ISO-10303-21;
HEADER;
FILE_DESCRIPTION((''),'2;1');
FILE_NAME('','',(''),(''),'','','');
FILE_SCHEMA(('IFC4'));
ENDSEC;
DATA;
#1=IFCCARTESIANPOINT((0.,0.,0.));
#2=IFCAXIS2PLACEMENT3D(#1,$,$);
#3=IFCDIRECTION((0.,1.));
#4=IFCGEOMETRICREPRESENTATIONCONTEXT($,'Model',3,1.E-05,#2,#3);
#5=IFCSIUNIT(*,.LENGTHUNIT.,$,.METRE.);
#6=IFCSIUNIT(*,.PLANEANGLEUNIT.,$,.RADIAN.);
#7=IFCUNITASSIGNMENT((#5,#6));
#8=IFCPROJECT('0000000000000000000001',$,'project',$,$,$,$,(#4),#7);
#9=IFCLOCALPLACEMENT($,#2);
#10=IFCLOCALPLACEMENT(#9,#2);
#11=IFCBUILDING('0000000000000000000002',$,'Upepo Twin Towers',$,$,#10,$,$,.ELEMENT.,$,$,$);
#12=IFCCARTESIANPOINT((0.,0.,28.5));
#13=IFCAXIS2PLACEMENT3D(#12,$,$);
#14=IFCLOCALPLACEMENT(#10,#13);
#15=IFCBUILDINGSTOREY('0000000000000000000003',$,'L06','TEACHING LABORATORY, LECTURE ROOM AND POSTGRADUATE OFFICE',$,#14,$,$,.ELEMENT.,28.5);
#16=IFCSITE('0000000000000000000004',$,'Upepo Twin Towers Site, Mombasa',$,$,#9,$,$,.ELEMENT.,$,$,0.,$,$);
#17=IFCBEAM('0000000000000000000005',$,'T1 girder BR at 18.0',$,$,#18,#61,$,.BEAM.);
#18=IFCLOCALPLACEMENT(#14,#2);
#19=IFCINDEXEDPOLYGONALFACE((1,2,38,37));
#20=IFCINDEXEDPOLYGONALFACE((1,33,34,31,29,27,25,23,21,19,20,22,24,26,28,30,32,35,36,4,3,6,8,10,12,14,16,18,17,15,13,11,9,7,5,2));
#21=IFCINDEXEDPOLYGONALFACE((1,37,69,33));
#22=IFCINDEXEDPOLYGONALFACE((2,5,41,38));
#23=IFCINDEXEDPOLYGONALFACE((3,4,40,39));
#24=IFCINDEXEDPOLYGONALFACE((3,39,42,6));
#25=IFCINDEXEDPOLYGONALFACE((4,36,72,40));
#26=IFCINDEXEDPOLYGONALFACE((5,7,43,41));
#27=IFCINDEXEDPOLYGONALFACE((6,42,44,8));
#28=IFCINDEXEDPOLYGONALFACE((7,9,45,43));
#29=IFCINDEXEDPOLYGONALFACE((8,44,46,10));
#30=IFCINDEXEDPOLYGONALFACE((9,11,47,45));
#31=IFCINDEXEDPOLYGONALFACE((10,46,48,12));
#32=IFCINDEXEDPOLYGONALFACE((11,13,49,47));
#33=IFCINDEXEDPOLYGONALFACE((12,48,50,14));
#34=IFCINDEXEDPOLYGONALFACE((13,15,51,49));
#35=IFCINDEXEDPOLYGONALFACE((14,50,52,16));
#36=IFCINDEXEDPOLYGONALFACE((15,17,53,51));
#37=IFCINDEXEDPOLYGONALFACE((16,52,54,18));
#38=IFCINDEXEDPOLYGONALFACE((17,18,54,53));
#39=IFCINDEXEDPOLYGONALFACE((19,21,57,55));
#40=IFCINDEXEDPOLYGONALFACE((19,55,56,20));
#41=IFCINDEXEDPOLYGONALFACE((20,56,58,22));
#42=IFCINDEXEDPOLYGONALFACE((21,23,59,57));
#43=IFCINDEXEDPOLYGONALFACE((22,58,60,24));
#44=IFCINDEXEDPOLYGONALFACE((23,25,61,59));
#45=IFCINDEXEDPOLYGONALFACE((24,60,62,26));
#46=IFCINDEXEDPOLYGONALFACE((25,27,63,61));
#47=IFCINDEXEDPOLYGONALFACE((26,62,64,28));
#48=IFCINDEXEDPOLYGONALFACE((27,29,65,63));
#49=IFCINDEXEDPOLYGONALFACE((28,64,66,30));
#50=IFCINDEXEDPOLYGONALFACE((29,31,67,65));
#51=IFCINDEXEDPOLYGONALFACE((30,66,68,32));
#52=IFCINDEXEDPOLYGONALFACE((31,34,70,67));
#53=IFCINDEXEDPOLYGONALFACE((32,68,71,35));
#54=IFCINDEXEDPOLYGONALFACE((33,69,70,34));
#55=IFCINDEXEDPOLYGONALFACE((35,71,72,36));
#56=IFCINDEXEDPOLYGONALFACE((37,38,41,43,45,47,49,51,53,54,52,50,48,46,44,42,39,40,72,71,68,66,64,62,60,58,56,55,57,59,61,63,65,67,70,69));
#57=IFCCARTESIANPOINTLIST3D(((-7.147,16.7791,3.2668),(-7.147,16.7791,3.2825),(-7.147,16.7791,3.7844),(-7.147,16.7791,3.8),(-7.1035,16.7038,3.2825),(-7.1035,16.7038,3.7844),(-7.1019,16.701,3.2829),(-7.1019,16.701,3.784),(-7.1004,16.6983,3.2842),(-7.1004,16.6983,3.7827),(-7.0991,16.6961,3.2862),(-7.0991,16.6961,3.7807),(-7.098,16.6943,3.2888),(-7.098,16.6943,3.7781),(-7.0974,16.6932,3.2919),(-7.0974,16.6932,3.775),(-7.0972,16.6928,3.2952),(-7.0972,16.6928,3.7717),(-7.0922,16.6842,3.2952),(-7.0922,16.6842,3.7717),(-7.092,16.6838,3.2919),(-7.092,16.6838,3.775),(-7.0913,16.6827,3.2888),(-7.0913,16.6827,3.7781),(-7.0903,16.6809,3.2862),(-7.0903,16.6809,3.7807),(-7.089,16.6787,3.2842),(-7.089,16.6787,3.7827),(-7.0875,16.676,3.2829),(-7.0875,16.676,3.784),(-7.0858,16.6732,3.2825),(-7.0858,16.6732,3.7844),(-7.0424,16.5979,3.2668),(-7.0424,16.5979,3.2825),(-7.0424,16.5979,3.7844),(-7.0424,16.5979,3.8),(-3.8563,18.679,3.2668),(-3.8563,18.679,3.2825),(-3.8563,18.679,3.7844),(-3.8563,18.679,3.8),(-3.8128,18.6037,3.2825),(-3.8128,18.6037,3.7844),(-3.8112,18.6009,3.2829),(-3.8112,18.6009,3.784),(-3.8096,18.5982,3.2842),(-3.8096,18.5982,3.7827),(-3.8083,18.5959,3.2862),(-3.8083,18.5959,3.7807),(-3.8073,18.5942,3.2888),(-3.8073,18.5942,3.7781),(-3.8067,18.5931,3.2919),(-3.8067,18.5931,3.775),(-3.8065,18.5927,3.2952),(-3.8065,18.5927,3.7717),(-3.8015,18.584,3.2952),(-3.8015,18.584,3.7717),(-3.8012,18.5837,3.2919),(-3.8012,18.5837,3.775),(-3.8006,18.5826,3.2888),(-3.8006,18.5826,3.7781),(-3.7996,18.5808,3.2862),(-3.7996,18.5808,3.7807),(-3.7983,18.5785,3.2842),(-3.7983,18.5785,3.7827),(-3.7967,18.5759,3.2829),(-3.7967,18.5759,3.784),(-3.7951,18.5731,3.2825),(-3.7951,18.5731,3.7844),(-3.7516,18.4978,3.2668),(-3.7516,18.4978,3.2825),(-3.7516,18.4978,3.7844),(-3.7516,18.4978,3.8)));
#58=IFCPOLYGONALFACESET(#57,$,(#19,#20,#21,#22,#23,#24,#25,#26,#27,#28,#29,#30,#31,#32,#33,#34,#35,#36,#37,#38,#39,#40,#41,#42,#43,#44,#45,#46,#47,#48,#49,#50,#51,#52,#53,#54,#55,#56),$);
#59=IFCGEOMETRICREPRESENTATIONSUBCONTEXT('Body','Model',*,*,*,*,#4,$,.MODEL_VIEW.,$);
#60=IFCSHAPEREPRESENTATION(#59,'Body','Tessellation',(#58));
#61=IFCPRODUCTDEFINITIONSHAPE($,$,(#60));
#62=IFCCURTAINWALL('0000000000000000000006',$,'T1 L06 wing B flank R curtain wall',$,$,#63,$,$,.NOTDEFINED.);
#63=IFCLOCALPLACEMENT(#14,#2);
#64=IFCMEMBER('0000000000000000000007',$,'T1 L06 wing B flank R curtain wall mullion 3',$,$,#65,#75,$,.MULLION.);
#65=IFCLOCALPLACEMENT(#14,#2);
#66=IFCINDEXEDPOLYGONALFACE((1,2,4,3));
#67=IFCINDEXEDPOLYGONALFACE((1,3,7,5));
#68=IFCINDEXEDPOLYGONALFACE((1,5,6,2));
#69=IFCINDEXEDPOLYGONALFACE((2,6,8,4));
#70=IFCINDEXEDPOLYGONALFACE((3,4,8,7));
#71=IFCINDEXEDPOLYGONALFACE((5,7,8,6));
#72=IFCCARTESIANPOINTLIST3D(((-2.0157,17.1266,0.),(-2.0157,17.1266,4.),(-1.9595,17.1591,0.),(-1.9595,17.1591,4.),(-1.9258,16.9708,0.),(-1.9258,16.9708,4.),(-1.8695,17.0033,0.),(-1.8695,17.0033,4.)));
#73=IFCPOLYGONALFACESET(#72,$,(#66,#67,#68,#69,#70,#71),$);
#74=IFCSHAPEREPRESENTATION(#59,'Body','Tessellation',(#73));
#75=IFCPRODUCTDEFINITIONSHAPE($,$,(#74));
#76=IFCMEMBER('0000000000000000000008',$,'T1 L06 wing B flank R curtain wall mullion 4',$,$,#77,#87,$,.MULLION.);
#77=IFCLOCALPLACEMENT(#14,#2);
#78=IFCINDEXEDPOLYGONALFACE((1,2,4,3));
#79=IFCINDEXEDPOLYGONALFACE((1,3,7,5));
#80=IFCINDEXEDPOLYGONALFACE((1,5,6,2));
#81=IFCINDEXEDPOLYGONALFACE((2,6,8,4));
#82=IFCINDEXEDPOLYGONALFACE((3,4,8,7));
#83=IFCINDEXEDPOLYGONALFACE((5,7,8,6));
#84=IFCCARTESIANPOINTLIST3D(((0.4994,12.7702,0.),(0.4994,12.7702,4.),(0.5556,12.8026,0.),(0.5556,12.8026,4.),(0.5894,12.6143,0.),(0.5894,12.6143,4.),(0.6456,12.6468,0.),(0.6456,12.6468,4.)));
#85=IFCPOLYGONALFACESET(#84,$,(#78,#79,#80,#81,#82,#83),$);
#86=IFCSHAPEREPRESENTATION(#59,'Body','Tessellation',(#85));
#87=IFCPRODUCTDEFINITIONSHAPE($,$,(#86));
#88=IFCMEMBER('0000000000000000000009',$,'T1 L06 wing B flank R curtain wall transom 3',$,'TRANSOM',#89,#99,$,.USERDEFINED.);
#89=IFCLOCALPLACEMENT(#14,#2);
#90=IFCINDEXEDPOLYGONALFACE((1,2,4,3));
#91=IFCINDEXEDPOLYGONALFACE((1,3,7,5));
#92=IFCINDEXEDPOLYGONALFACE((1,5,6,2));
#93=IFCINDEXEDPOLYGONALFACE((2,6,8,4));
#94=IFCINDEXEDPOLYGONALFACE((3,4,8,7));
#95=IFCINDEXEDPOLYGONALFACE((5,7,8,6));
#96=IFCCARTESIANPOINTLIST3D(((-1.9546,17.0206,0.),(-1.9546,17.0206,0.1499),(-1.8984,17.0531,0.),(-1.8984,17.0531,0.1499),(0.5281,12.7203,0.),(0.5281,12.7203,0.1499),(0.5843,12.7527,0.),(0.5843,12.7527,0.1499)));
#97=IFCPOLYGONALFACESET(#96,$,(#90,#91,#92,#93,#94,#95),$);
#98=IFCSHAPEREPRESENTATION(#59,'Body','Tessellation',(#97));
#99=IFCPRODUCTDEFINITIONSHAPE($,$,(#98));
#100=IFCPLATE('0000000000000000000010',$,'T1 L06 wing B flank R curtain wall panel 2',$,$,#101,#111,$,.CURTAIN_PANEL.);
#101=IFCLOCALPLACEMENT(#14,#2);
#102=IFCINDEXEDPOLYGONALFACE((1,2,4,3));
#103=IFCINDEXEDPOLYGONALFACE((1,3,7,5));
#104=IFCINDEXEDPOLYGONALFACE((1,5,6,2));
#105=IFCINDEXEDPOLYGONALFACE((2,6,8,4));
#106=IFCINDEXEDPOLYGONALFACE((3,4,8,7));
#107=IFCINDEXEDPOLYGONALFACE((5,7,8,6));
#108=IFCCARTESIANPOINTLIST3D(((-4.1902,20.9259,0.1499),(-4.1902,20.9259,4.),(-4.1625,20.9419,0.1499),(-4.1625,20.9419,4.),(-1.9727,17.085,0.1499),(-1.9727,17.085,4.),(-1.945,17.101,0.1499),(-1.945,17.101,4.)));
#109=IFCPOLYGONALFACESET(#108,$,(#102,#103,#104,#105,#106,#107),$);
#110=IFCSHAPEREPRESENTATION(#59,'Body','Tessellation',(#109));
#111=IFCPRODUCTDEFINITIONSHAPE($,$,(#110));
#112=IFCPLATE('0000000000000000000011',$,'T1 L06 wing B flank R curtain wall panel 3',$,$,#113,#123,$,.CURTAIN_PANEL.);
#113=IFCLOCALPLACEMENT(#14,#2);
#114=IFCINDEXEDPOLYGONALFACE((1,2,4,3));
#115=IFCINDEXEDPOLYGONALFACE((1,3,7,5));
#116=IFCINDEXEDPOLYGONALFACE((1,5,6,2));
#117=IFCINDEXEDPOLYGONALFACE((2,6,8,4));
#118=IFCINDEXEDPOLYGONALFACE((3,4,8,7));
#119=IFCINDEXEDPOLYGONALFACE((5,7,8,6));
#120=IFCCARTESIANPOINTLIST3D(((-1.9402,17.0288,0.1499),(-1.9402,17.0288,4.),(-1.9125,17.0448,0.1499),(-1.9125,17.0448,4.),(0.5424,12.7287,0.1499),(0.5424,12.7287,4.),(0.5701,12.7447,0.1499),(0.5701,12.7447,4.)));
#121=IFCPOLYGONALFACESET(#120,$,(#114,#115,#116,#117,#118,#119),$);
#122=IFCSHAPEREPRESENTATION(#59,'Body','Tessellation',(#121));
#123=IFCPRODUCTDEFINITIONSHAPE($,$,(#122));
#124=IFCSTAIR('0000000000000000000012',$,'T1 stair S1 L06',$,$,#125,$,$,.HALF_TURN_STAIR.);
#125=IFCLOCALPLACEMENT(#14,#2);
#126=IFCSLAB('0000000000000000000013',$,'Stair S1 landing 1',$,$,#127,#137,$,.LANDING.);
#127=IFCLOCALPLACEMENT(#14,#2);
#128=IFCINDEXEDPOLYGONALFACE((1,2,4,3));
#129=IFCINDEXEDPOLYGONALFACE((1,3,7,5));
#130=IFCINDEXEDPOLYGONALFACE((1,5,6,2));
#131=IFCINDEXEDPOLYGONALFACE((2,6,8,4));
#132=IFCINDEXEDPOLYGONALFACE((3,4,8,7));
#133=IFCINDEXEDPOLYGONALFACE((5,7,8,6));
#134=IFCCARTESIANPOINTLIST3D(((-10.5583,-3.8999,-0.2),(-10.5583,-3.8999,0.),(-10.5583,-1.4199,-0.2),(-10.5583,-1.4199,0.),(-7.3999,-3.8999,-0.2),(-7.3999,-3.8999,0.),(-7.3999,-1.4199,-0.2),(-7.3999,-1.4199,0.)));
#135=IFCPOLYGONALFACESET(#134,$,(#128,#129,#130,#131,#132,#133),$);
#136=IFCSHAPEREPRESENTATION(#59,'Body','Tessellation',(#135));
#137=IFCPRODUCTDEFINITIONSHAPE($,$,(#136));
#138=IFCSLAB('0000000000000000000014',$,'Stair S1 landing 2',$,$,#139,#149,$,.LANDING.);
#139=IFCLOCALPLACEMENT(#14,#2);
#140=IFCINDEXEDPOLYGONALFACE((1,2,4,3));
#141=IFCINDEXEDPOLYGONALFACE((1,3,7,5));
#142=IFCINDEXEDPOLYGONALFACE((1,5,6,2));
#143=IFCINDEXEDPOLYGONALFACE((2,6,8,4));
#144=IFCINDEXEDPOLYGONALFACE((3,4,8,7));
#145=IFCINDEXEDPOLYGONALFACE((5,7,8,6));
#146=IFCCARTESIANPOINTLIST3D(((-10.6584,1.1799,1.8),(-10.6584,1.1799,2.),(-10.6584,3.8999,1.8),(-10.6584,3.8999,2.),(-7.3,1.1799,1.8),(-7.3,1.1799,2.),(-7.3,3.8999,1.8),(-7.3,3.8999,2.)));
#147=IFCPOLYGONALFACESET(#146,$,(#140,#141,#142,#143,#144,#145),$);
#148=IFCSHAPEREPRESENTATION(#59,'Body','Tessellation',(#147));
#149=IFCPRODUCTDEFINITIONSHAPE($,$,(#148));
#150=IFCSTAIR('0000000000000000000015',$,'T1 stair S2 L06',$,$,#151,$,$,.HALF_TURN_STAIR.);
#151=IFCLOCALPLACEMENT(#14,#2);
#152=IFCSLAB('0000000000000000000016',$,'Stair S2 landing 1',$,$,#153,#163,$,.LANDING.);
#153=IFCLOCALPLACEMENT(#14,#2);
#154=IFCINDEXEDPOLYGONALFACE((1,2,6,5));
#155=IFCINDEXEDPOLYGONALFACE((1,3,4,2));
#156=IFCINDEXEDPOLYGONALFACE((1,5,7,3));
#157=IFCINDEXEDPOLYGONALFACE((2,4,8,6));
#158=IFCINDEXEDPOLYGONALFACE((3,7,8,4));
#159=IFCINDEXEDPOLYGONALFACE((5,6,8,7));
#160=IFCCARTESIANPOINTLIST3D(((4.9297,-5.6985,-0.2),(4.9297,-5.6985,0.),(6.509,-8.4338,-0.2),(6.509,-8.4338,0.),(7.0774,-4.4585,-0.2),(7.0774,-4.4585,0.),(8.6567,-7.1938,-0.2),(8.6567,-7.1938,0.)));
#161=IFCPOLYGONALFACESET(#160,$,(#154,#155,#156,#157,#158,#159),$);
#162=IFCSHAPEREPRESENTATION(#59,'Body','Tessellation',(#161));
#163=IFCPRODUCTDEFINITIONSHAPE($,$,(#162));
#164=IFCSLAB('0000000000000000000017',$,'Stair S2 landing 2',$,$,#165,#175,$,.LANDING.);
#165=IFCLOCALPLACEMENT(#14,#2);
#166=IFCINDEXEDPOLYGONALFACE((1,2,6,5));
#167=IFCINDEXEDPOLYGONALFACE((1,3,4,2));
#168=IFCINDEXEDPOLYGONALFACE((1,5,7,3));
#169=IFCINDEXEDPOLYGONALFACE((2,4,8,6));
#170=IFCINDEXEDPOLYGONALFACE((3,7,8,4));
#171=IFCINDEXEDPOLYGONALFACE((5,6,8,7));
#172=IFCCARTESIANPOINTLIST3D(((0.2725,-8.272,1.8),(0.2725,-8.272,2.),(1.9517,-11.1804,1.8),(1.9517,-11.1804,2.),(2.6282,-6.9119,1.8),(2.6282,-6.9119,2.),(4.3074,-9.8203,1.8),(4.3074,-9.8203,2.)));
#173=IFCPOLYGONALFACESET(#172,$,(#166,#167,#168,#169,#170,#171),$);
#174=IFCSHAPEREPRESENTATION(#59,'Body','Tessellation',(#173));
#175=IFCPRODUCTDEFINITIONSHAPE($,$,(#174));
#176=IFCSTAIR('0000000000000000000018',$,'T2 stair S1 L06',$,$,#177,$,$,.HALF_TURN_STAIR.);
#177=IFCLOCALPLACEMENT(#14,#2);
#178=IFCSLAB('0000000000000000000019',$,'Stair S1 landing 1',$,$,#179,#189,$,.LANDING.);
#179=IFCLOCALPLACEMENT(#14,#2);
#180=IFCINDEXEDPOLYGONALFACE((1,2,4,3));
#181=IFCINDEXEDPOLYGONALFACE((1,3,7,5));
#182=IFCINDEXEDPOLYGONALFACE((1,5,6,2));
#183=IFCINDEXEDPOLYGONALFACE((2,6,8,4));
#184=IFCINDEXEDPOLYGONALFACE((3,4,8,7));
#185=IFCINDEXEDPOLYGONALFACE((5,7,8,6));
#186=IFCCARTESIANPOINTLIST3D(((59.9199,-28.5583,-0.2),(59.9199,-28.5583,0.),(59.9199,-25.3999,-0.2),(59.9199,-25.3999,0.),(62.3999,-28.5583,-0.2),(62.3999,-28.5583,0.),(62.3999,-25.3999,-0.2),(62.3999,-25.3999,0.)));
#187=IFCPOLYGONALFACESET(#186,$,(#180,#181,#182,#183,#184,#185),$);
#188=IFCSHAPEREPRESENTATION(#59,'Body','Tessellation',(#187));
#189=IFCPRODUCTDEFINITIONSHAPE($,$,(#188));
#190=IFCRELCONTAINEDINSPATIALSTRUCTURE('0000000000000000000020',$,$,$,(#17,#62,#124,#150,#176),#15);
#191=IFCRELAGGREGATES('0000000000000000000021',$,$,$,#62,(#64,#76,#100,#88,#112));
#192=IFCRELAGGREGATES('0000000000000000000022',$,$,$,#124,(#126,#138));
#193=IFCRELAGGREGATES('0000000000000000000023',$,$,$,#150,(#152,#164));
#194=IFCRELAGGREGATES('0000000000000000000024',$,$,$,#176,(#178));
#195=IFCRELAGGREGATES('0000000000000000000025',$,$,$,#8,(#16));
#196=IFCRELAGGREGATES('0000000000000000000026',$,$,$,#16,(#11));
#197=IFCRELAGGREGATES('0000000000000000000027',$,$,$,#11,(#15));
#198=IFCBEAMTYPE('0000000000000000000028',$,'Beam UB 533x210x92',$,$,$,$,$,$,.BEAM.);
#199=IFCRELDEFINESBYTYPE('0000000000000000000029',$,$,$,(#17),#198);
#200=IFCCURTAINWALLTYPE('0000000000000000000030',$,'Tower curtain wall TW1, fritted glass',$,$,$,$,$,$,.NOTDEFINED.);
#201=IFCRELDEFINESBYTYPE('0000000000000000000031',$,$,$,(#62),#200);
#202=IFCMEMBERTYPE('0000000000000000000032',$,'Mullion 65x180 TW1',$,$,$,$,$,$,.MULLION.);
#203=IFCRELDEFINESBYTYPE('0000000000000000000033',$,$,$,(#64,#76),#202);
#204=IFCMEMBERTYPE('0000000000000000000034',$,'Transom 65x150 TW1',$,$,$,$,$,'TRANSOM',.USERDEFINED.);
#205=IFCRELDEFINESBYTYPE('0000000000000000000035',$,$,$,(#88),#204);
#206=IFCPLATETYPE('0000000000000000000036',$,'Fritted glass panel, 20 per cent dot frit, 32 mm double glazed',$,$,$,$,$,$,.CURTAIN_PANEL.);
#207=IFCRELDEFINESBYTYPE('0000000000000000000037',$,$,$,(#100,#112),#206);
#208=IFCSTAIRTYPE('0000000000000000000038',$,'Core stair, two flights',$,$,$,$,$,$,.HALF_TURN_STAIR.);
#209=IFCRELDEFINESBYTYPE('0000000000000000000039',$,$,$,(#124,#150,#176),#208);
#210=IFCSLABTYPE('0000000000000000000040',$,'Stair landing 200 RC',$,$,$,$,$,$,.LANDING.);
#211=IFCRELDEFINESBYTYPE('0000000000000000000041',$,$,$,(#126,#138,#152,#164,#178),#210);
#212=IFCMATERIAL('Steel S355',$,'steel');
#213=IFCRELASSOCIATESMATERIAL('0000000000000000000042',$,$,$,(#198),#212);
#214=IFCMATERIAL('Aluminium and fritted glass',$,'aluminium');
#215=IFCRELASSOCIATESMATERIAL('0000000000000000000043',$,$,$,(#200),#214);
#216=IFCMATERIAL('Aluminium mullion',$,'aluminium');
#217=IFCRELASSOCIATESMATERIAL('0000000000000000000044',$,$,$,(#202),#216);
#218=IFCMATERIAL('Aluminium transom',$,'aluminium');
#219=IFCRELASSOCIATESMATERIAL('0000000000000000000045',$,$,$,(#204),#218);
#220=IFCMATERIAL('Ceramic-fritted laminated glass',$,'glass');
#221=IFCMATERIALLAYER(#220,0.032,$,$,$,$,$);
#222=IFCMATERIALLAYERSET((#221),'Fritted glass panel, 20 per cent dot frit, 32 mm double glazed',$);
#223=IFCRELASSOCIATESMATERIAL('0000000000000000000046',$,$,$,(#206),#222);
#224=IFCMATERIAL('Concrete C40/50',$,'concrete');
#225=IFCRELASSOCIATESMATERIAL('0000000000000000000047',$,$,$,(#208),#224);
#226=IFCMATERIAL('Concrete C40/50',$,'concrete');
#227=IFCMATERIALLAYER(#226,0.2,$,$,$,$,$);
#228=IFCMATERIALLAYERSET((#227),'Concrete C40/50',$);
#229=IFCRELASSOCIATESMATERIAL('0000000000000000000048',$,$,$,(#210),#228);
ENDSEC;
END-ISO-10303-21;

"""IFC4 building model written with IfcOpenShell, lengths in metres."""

from ifc_helpers import new_model, si_unit, direction, frame, origin, origin_2d, place, context, subcontext, project, spatial, polyline, rectangle, i_section, outline, extrude, material, layer, layer_set, material_profile, profile_set, type_object, element, aggregate, save


model = new_model("IFC4")

# Units and contexts
model_context = context("Model", 3, precision=1e-05, world=origin(), true_north=direction((0.0, 1.0)))
body_context = subcontext(model_context, "Body", "Model", "MODEL_VIEW")
ifc_project = project(units=[si_unit("LENGTHUNIT", "METRE"), si_unit("PLANEANGLEUNIT", "RADIAN")], contexts=[model_context])

# Site, building, storey
site_placement = place(None, origin())
site = spatial("IfcSite", under=ifc_project, at=site_placement, Name="Upepo Twin Towers Site, Mombasa", CompositionType="ELEMENT", RefElevation=0.0)
building_placement = place(site_placement, origin())
building = spatial("IfcBuilding", under=site, at=building_placement, Name="Upepo Twin Towers", CompositionType="ELEMENT")
storey_placement = place(building_placement, frame((0.0, 0.0, 28.5)))
storey = spatial("IfcBuildingStorey", under=building, at=storey_placement, Name="L06", Description="TEACHING LABORATORY, LECTURE ROOM AND POSTGRADUATE OFFICE", CompositionType="ELEMENT", Elevation=28.5)

# Beam
ifc_material_1 = material(Name="Steel S355", Category="steel")
ifc_material_profile_1 = material_profile(ifc_material_1, i_section(OverallWidth=0.2092, OverallDepth=0.5332, WebThickness=0.01, FlangeThickness=0.0156, FilletRadius=0.0127, at=origin_2d()), Name="UB 533x210x92")
ifc_profile_set_1 = profile_set([ifc_material_profile_1], Name="Steel S355")
beam_type_1 = type_object("IfcBeamType", Name="Beam UB 533x210x92", PredefinedType="BEAM", material=ifc_profile_set_1)
beam_1_placement = place(storey_placement, frame((-3.804, 18.5884, 3.5334), z_axis=(-0.866028, -0.499995, 0.0), x_axis=(0.499995, -0.866028, 0.0)))
element("IfcBeam", 1, at=beam_1_placement, inside=storey, type_object=beam_type_1, Name="T1 girder BR at 18.0", PredefinedType="BEAM", context=body_context, shape_type="SweptSolid", body=[
    extrude(i_section(OverallWidth=0.2092, OverallDepth=0.5332, WebThickness=0.01, FlangeThickness=0.0156, FilletRadius=0.0127, at=origin_2d()), origin(), (0.0, 0.0, 1.0), 3.7998),
])

# Curtain wall, members, plates
ifc_material_2 = material(Name="Aluminium and fritted glass", Category="aluminium")
curtain_wall_type = type_object("IfcCurtainWallType", Name="Tower curtain wall TW1, fritted glass", PredefinedType="NOTDEFINED", material=ifc_material_2)
curtain_wall_placement = place(storey_placement, origin())
curtain_wall = element("IfcCurtainWall", 2, at=curtain_wall_placement, inside=storey, type_object=curtain_wall_type, Name="T1 L06 wing B flank R curtain wall", PredefinedType="NOTDEFINED")
ifc_material_3 = material(Name="Aluminium mullion", Category="aluminium")
ifc_material_profile_2 = material_profile(ifc_material_3, rectangle(XDim=0.0649, YDim=0.1799, at=origin_2d()), Name="MULLION 65x180")
ifc_profile_set_2 = profile_set([ifc_material_profile_2], Name="Aluminium mullion")
member_type_1 = type_object("IfcMemberType", Name="Mullion 65x180 TW1", PredefinedType="MULLION", material=ifc_profile_set_2)
member_1_placement = place(storey_placement, frame((-1.9426, 17.0649, 0.0), z_axis=(0.0, 0.0, 1.0), x_axis=(0.866025, 0.5, 0.0)))
member_1 = element("IfcMember", 3, at=member_1_placement, type_object=member_type_1, Name="T1 L06 wing B flank R curtain wall mullion 3", PredefinedType="MULLION", context=body_context, shape_type="SweptSolid", body=[
    extrude(rectangle(XDim=0.0649, YDim=0.1799, at=origin_2d()), origin(), (0.0, 0.0, 1.0), 4.0),
])
member_2_placement = place(storey_placement, frame((0.5725, 12.7085, 0.0), z_axis=(0.0, 0.0, 1.0), x_axis=(0.866025, 0.5, 0.0)))
member_2 = element("IfcMember", 4, at=member_2_placement, type_object=member_type_1, Name="T1 L06 wing B flank R curtain wall mullion 4", PredefinedType="MULLION", context=body_context, shape_type="SweptSolid", body=[
    extrude(rectangle(XDim=0.0649, YDim=0.1799, at=origin_2d()), origin(), (0.0, 0.0, 1.0), 4.0),
])
ifc_material_4 = material(Name="Aluminium transom", Category="aluminium")
ifc_material_profile_3 = material_profile(ifc_material_4, rectangle(XDim=0.0649, YDim=0.1499, at=origin_2d()), Name="TRANSOM 65x150")
ifc_profile_set_3 = profile_set([ifc_material_profile_3], Name="Aluminium transom")
member_type_2 = type_object("IfcMemberType", Name="Transom 65x150 TW1", ElementType="TRANSOM", PredefinedType="USERDEFINED", material=ifc_profile_set_3)
member_3_placement = place(storey_placement, frame((-1.9265, 17.0369, 0.075), z_axis=(0.499983, -0.866035, 0.0), x_axis=(0.866035, 0.499983, 0.0)))
member_3 = element("IfcMember", 5, at=member_3_placement, type_object=member_type_2, Name="T1 L06 wing B flank R curtain wall transom 3", ObjectType="TRANSOM", PredefinedType="USERDEFINED", context=body_context, shape_type="SweptSolid", body=[
    extrude(rectangle(XDim=0.0649, YDim=0.1499, at=origin_2d()), origin(), (0.0, 0.0, 1.0), 4.9656),
])
ifc_material_5 = material(Name="Ceramic-fritted laminated glass", Category="glass")
ifc_layer_1 = layer(ifc_material_5, 0.032)
ifc_layer_set_1 = layer_set([ifc_layer_1], Name="Fritted glass panel, 20 per cent dot frit, 32 mm double glazed")
plate_type = type_object("IfcPlateType", Name="Fritted glass panel, 20 per cent dot frit, 32 mm double glazed", PredefinedType="CURTAIN_PANEL", material=ifc_layer_set_1)
plate_1_placement = place(storey_placement, frame((-3.0676, 19.0134, 0.1499), z_axis=(0.0, 0.0, 1.0), x_axis=(0.5, -0.866025, 0.0)))
plate_1 = element("IfcPlate", 6, at=plate_1_placement, type_object=plate_type, Name="T1 L06 wing B flank R curtain wall panel 2", PredefinedType="CURTAIN_PANEL", context=body_context, shape_type="SweptSolid", body=[
    extrude(rectangle(XDim=4.4351, YDim=0.032, at=origin_2d()), origin(), (0.0, 0.0, 1.0), 3.8501),
])
plate_2_placement = place(storey_placement, frame((-0.6851, 14.8867, 0.1499), z_axis=(0.0, 0.0, 1.0), x_axis=(0.5, -0.866025, 0.0)))
plate_2 = element("IfcPlate", 7, at=plate_2_placement, type_object=plate_type, Name="T1 L06 wing B flank R curtain wall panel 3", PredefinedType="CURTAIN_PANEL", context=body_context, shape_type="SweptSolid", body=[
    extrude(rectangle(XDim=4.9653, YDim=0.032, at=origin_2d()), origin(), (0.0, 0.0, 1.0), 3.8501),
])
aggregate(curtain_wall, [member_1, member_2, plate_1, member_3, plate_2])

# Stairs, slabs
ifc_material_6 = material(Name="Concrete C40/50", Category="concrete")
stair_type = type_object("IfcStairType", Name="Core stair, two flights", PredefinedType="HALF_TURN_STAIR", material=ifc_material_6)
stair_1_placement = place(storey_placement, origin())
stair_1 = element("IfcStair", 8, at=stair_1_placement, inside=storey, type_object=stair_type, Name="T1 stair S1 L06", PredefinedType="HALF_TURN_STAIR")
ifc_material_7 = material(Name="Concrete C40/50", Category="concrete")
ifc_layer_2 = layer(ifc_material_7, 0.2)
ifc_layer_set_2 = layer_set([ifc_layer_2], Name="Concrete C40/50")
slab_type_1 = type_object("IfcSlabType", Name="Stair landing 200 RC", PredefinedType="LANDING", material=ifc_layer_set_2)
slab_1_placement = place(storey_placement, frame((0.0, 0.0, -0.2)))
slab_1 = element("IfcSlab", 9, at=slab_1_placement, type_object=slab_type_1, Name="Stair S1 landing 1", PredefinedType="LANDING", context=body_context, shape_type="SweptSolid", body=[
    extrude(outline(polyline([(-7.3999, -1.4199), (-10.5583, -1.4199), (-10.5583, -3.8999), (-7.3999, -3.8999), (-7.3999, -1.4199)])), origin(), (0.0, 0.0, 1.0), 0.2),
])
slab_2_placement = place(storey_placement, frame((0.0, 0.0, 1.8)))
slab_2 = element("IfcSlab", 10, at=slab_2_placement, type_object=slab_type_1, Name="Stair S1 landing 2", PredefinedType="LANDING", context=body_context, shape_type="SweptSolid", body=[
    extrude(outline(polyline([(-7.3, 3.8999), (-10.6584, 3.8999), (-10.6584, 1.1799), (-7.3, 1.1799), (-7.3, 3.8999)])), origin(), (0.0, 0.0, 1.0), 0.2),
])
aggregate(stair_1, [slab_1, slab_2])
stair_2_placement = place(storey_placement, origin())
stair_2 = element("IfcStair", 11, at=stair_2_placement, inside=storey, type_object=stair_type, Name="T1 stair S2 L06", PredefinedType="HALF_TURN_STAIR")
slab_3_placement = place(storey_placement, frame((0.0, 0.0, -0.2)))
slab_3 = element("IfcSlab", 12, at=slab_3_placement, type_object=slab_type_1, Name="Stair S2 landing 1", PredefinedType="LANDING", context=body_context, shape_type="SweptSolid", body=[
    extrude(outline(polyline([(4.9297, -5.6985), (6.509, -8.4338), (8.6567, -7.1938), (7.0774, -4.4585), (4.9297, -5.6985)])), origin(), (0.0, 0.0, 1.0), 0.2),
])
slab_4_placement = place(storey_placement, frame((0.0, 0.0, 1.8)))
slab_4 = element("IfcSlab", 13, at=slab_4_placement, type_object=slab_type_1, Name="Stair S2 landing 2", PredefinedType="LANDING", context=body_context, shape_type="SweptSolid", body=[
    extrude(outline(polyline([(0.2725, -8.272), (1.9517, -11.1804), (4.3074, -9.8203), (2.6282, -6.9119), (0.2725, -8.272)])), origin(), (0.0, 0.0, 1.0), 0.2),
])
aggregate(stair_2, [slab_3, slab_4])
stair_3_placement = place(storey_placement, origin())
stair_3 = element("IfcStair", 14, at=stair_3_placement, inside=storey, type_object=stair_type, Name="T2 stair S1 L06", PredefinedType="HALF_TURN_STAIR")
slab_5_placement = place(storey_placement, frame((0.0, 0.0, -0.2)))
slab_5 = element("IfcSlab", 15, at=slab_5_placement, type_object=slab_type_1, Name="Stair S1 landing 1", PredefinedType="LANDING", context=body_context, shape_type="SweptSolid", body=[
    extrude(outline(polyline([(59.9199, -25.3999), (59.9199, -28.5583), (62.3999, -28.5583), (62.3999, -25.3999), (59.9199, -25.3999)])), origin(), (0.0, 0.0, 1.0), 0.2),
])
aggregate(stair_3, [slab_5])

save(model, "model.ifc")
